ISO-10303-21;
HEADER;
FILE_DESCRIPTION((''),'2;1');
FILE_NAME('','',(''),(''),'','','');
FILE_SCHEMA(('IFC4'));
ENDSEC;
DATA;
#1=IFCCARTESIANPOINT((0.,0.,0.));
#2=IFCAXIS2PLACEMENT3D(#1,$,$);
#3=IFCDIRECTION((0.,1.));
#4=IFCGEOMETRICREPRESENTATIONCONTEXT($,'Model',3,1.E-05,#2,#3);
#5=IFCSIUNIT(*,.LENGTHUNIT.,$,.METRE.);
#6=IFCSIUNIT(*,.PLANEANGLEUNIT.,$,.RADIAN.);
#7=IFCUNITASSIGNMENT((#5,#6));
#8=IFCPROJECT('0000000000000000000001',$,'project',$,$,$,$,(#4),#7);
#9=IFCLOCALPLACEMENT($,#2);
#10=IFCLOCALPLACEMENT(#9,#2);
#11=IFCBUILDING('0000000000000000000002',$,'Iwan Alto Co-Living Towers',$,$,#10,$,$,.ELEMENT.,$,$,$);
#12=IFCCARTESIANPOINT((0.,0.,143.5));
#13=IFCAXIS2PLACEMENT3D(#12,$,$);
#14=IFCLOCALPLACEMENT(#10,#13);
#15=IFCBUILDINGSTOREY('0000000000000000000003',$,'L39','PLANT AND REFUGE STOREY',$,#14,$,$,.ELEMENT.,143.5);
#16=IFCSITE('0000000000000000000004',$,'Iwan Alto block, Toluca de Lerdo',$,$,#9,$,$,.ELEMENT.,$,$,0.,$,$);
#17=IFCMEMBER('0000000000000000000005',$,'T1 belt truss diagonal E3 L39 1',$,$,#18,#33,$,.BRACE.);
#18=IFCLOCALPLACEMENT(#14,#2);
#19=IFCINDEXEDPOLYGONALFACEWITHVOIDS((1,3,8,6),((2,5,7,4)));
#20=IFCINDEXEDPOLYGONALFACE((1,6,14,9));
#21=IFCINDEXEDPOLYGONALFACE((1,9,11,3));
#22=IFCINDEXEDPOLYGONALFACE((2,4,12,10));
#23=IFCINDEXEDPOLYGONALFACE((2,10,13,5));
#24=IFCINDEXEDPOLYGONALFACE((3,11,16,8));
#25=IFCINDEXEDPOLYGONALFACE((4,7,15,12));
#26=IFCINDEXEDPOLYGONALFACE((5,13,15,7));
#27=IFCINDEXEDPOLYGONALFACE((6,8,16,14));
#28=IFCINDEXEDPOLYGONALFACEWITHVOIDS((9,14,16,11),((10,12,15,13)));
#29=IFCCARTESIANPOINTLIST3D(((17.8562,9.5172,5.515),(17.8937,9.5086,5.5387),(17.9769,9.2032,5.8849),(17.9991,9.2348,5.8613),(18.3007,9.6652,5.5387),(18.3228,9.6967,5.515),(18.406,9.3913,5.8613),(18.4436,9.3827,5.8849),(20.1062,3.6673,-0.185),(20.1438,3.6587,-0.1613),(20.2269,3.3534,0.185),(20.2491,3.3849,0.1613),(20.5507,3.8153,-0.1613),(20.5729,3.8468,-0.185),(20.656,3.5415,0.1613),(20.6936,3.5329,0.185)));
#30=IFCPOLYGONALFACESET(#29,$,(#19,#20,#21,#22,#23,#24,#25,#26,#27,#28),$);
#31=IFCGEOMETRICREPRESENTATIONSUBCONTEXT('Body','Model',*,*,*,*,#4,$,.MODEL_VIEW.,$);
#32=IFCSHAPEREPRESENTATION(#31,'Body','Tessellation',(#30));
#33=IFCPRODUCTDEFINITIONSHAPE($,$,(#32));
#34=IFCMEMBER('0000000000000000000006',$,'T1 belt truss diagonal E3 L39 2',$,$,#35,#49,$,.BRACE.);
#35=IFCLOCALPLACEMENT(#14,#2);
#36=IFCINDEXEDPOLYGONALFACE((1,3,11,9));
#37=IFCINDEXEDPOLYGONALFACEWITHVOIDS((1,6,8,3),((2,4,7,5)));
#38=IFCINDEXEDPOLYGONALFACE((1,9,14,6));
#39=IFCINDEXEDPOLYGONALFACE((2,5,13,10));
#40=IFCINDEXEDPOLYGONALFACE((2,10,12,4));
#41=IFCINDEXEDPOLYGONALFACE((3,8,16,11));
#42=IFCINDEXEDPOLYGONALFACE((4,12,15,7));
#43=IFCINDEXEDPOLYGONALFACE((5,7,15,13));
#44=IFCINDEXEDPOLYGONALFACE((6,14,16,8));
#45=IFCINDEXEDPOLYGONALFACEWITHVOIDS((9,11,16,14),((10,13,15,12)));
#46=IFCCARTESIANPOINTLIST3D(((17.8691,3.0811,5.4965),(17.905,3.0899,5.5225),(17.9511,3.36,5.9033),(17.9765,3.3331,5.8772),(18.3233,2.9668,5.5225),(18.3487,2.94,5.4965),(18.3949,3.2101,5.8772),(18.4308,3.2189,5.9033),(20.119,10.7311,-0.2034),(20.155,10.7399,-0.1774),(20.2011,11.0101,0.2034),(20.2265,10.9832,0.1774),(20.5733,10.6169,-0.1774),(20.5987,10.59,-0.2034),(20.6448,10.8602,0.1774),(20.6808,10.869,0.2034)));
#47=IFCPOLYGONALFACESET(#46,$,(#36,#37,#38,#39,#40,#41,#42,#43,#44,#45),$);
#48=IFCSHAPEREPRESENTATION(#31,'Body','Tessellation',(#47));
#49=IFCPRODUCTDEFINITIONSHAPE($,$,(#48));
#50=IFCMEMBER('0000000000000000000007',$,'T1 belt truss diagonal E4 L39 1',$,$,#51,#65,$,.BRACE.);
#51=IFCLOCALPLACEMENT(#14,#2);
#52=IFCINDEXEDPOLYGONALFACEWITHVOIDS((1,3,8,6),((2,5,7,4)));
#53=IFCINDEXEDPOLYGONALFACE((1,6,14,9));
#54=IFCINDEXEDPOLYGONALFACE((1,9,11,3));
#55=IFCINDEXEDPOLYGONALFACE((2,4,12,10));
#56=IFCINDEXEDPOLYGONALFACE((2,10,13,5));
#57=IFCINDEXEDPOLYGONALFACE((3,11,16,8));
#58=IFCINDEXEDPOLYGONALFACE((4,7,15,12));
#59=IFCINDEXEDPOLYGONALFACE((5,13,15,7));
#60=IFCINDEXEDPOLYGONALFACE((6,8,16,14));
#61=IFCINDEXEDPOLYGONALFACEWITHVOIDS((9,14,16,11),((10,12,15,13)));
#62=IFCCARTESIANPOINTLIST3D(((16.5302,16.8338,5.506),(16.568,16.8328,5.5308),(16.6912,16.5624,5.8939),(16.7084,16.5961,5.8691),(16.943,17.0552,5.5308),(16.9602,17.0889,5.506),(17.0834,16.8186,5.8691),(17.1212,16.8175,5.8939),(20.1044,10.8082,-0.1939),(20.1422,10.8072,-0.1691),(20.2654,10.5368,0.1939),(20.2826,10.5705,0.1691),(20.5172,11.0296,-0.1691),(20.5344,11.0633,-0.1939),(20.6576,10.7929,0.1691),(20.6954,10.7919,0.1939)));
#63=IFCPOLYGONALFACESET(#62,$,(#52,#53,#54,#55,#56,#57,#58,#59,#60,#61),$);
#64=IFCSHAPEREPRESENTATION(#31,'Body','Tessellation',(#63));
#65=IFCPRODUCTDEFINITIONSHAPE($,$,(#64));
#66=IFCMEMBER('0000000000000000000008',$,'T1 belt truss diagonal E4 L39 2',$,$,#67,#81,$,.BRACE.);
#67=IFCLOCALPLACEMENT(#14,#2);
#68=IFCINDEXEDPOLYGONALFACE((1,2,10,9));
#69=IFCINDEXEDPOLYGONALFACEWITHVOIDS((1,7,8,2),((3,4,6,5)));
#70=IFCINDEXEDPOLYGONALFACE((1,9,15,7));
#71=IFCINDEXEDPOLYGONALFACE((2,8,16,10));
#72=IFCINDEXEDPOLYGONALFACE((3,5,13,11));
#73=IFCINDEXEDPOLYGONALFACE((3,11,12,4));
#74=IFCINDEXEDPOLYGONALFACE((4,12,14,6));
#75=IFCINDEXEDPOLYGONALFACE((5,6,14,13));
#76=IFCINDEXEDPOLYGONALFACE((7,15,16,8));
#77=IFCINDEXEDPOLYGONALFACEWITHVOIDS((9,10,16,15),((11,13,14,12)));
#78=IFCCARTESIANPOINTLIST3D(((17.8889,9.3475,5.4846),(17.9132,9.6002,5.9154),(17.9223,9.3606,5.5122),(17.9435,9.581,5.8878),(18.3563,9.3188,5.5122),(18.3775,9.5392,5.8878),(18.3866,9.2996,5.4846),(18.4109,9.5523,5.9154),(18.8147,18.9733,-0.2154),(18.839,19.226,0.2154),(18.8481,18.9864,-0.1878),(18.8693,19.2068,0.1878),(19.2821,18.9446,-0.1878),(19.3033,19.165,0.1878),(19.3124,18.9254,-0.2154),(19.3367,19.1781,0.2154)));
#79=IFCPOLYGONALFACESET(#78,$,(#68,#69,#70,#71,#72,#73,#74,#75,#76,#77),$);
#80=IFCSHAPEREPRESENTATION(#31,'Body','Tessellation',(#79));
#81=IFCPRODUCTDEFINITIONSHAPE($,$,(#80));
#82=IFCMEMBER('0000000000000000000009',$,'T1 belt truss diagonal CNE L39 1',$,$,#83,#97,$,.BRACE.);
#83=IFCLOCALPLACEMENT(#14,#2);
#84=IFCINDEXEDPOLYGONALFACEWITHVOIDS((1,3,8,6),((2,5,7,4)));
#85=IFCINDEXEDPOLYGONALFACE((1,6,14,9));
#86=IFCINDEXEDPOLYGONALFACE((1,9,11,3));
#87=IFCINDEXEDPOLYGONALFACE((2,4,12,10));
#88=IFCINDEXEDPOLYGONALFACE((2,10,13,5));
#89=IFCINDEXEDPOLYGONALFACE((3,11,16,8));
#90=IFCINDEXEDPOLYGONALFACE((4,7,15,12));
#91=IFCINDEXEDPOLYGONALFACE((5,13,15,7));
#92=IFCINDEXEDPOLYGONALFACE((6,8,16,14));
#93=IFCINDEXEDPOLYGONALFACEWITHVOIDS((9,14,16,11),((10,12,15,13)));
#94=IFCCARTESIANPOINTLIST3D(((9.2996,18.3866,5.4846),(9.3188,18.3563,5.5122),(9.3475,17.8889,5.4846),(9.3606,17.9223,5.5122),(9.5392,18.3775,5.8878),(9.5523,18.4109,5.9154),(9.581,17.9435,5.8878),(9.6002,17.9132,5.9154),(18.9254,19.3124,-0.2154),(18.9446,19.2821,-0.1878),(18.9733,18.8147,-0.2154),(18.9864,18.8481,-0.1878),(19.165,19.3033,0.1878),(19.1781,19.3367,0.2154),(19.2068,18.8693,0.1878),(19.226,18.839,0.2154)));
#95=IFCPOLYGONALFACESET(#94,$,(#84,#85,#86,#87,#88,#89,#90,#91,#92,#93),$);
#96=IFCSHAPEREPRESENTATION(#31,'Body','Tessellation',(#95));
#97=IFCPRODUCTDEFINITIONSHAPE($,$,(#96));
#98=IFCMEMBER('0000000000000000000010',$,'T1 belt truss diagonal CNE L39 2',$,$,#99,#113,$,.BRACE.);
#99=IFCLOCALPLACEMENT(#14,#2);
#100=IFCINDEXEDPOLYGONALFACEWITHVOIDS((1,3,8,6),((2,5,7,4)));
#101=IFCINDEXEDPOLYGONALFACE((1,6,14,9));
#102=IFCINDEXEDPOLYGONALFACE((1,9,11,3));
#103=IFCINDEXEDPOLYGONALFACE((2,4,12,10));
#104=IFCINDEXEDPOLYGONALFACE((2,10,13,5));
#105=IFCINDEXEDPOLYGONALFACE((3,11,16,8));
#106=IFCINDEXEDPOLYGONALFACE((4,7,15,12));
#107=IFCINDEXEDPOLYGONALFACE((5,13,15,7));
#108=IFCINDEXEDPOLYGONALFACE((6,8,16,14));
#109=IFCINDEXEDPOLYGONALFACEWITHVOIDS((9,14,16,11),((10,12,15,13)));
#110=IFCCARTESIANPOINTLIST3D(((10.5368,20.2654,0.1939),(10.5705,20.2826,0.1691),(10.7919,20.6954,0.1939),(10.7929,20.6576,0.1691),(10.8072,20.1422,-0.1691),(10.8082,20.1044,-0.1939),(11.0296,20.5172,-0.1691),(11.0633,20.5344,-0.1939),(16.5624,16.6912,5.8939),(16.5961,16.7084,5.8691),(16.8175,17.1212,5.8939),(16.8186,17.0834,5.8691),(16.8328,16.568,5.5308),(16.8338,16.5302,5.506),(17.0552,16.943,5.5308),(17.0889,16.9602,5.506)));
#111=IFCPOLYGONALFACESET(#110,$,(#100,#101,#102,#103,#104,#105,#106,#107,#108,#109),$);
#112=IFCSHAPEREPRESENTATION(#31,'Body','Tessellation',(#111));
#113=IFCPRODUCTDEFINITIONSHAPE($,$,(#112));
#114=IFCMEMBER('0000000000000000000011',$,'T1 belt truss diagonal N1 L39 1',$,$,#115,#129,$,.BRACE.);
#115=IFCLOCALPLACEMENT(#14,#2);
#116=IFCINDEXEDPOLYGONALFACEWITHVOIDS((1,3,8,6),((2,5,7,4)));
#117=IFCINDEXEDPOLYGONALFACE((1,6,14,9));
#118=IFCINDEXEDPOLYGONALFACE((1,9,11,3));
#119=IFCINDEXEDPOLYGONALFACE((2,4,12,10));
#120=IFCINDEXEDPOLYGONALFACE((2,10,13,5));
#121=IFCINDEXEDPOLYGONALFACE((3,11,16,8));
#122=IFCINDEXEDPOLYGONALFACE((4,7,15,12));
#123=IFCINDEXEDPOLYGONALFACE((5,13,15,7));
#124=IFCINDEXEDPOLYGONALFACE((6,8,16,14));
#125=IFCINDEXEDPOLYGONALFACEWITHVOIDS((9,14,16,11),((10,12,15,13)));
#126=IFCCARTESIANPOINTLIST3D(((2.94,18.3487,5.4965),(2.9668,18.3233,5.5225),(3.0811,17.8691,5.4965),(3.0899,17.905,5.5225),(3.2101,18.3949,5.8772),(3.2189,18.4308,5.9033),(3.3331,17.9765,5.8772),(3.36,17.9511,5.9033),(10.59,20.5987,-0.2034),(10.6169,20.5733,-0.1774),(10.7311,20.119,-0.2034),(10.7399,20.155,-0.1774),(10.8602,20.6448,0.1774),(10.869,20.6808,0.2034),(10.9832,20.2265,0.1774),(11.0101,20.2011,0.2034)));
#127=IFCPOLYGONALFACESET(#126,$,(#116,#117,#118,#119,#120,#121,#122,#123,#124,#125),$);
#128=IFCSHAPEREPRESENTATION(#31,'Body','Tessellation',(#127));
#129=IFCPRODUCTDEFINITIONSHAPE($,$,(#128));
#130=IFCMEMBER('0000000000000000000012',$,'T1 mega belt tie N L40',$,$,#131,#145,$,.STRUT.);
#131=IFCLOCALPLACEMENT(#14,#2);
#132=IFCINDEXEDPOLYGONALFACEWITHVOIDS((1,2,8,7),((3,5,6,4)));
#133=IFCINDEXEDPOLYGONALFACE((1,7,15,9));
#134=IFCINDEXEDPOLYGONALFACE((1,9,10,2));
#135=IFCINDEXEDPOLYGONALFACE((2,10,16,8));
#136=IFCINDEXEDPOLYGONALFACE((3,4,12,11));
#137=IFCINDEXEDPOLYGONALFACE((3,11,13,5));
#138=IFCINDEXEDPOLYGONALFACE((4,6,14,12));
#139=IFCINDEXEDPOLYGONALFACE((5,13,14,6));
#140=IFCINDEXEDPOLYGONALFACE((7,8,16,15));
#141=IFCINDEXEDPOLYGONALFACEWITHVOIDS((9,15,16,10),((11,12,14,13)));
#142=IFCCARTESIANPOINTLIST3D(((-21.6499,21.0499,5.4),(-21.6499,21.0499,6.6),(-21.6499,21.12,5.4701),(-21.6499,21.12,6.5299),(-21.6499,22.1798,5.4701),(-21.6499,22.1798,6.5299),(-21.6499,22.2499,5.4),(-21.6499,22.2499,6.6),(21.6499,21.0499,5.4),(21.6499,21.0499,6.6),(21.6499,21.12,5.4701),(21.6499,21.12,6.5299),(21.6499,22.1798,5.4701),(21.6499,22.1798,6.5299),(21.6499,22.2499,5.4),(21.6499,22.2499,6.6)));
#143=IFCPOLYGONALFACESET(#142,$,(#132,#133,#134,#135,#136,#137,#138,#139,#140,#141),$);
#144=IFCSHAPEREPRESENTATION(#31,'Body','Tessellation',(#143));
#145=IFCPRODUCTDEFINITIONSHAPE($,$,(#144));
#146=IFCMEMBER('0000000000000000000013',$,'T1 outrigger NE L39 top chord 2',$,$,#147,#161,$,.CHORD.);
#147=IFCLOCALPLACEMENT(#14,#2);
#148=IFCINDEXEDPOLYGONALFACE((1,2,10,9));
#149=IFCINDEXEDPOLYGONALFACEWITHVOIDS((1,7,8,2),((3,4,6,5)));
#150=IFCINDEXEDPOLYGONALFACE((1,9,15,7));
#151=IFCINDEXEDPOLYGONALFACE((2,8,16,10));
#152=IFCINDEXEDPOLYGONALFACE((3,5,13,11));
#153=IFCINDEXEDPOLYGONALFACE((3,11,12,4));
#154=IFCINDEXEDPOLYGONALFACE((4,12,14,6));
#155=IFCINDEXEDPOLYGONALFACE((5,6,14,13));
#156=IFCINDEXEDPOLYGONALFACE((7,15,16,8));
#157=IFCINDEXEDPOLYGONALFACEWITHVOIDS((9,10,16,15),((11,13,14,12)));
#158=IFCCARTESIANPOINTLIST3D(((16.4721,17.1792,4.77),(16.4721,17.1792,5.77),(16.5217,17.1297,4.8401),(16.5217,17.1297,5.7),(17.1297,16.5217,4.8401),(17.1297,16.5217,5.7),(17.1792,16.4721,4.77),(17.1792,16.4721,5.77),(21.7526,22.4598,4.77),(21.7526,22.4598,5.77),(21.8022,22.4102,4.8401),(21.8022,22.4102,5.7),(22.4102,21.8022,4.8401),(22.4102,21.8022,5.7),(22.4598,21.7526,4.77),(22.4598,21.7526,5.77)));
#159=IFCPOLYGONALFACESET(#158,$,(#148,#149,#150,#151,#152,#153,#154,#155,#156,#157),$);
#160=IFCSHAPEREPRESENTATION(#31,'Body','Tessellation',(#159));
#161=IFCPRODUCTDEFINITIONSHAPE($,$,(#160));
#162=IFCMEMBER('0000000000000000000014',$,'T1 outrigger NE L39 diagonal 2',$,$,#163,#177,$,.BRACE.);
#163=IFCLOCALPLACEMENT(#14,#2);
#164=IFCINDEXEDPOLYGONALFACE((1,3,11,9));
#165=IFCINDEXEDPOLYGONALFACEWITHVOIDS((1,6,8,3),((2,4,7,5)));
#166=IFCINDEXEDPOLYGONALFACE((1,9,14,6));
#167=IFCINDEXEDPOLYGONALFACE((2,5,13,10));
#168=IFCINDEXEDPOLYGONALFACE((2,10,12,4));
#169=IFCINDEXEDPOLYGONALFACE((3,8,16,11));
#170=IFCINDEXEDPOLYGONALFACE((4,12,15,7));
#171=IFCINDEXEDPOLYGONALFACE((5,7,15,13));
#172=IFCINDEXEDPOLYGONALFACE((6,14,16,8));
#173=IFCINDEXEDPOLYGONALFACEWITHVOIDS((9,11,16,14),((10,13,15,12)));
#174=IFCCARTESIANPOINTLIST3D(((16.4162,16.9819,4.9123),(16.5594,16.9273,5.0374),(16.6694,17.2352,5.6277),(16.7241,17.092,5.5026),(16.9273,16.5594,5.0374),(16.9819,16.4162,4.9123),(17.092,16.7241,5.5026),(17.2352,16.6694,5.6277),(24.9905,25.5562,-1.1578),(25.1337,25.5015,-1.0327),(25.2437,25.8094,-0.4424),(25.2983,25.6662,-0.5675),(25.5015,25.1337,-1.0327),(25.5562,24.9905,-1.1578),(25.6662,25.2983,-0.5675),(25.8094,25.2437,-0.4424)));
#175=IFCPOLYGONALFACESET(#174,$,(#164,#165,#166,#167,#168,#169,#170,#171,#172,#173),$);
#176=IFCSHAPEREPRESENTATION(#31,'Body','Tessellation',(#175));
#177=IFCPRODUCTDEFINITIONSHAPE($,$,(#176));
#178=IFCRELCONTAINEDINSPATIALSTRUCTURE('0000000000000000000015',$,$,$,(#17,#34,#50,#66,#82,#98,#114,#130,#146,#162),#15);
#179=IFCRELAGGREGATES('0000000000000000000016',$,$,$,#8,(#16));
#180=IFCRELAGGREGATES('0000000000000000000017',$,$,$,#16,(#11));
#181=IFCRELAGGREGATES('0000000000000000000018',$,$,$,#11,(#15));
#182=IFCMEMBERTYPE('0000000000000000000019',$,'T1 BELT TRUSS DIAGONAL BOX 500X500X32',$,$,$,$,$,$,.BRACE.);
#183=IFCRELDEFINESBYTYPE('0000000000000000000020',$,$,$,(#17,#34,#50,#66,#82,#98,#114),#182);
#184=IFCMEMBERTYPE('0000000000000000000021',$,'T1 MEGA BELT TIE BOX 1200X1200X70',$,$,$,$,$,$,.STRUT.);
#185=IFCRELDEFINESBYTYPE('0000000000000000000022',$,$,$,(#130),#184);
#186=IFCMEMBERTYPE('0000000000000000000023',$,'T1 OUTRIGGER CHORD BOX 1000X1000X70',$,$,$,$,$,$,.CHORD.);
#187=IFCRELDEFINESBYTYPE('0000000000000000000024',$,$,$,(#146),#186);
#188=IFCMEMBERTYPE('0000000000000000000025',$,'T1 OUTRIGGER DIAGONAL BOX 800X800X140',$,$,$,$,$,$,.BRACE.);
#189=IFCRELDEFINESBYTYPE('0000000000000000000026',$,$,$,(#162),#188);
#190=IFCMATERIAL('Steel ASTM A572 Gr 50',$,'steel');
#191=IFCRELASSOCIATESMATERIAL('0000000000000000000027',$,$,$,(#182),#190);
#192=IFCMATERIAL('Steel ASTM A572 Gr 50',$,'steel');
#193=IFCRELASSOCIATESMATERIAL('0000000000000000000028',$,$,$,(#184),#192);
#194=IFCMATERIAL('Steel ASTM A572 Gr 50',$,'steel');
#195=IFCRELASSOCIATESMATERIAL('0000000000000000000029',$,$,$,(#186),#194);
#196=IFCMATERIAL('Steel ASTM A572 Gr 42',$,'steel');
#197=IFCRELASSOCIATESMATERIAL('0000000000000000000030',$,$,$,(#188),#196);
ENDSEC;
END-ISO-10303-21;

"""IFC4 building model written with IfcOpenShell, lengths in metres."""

from ifc_helpers import new_model, si_unit, direction, frame, origin, origin_2d, place, context, subcontext, project, spatial, hollow_rectangle, extrude, material, material_profile, profile_set, type_object, element, save


model = new_model("IFC4")

# Units and contexts
model_context = context("Model", 3, precision=1e-05, world=origin(), true_north=direction((0.0, 1.0)))
body_context = subcontext(model_context, "Body", "Model", "MODEL_VIEW")
ifc_project = project(units=[si_unit("LENGTHUNIT", "METRE"), si_unit("PLANEANGLEUNIT", "RADIAN")], contexts=[model_context])

# Site, building, storey
site_placement = place(None, origin())
site = spatial("IfcSite", under=ifc_project, at=site_placement, Name="Iwan Alto block, Toluca de Lerdo", CompositionType="ELEMENT", RefElevation=0.0)
building_placement = place(site_placement, origin())
building = spatial("IfcBuilding", under=site, at=building_placement, Name="Iwan Alto Co-Living Towers", CompositionType="ELEMENT")
storey_placement = place(building_placement, frame((0.0, 0.0, 143.5)))
storey = spatial("IfcBuildingStorey", under=building, at=storey_placement, Name="L39", Description="PLANT AND REFUGE STOREY", CompositionType="ELEMENT", Elevation=143.5)

# Members
ifc_material_1 = material(Name="Steel ASTM A572 Gr 50", Category="steel")
ifc_material_profile_1 = material_profile(ifc_material_1, hollow_rectangle(XDim=0.5, YDim=0.5, WallThickness=0.032, at=origin_2d()), Name="BOX 500X500X32")
ifc_profile_set_1 = profile_set([ifc_material_profile_1], Name="Steel ASTM A572 Gr 50")
member_type_1 = type_object("IfcMemberType", Name="T1 BELT TRUSS DIAGONAL BOX 500X500X32", PredefinedType="BRACE", material=ifc_profile_set_1)
member_1_placement = place(storey_placement, frame((20.3999, 3.6001, 0.0), z_axis=(-0.265585, 0.690503, 0.672808), x_axis=(-0.933343, -0.358987, 0.0)))
element("IfcMember", 1, at=member_1_placement, inside=storey, type_object=member_type_1, Name="T1 belt truss diagonal E3 L39 1", PredefinedType="BRACE", context=body_context, shape_type="SweptSolid", body=[
    extrude(hollow_rectangle(XDim=0.5, YDim=0.5, WallThickness=0.032, at=origin_2d()), origin(), (0.0, 0.0, 1.0), 8.4719),
])
member_2_placement = place(storey_placement, frame((20.3999, 10.8, 0.0), z_axis=(-0.229548, -0.780478, 0.581517), x_axis=(0.959367, -0.282161, 0.0)))
element("IfcMember", 2, at=member_2_placement, inside=storey, type_object=member_type_1, Name="T1 belt truss diagonal E3 L39 2", PredefinedType="BRACE", context=body_context, shape_type="SweptSolid", body=[
    extrude(hollow_rectangle(XDim=0.5, YDim=0.5, WallThickness=0.032, at=origin_2d()), origin(), (0.0, 0.0, 1.0), 9.8018),
])
member_3_placement = place(storey_placement, frame((20.3999, 10.8, 0.0), z_axis=(-0.395739, 0.66716, 0.631101), x_axis=(-0.860074, -0.510169, 0.0)))
element("IfcMember", 3, at=member_3_placement, inside=storey, type_object=member_type_1, Name="T1 belt truss diagonal E4 L39 1", PredefinedType="BRACE", context=body_context, shape_type="SweptSolid", body=[
    extrude(hollow_rectangle(XDim=0.5, YDim=0.5, WallThickness=0.032, at=origin_2d()), origin(), (0.0, 0.0, 1.0), 9.0317),
])
for number, where, z_axis, x_axis, name in (
    (4, (19.0757, 19.0757, 0.0), (-0.082475, -0.857524, 0.50779), (0.995407, -0.095736, 0.0), "T1 belt truss diagonal E4 L39 2"),
    (5, (19.0757, 19.0757, 0.0), (-0.857524, -0.082475, 0.50779), (0.095736, -0.995407, 0.0), "T1 belt truss diagonal CNE L39 1"),
):
    element("IfcMember", number, at=place(storey_placement, frame(where, z_axis=z_axis, x_axis=x_axis)), inside=storey, type_object=member_type_1, Name=name, PredefinedType="BRACE", context=body_context, shape_type="SweptSolid", body=[
        extrude(hollow_rectangle(XDim=0.5, YDim=0.5, WallThickness=0.032, at=origin_2d()), origin(), (0.0, 0.0, 1.0), 11.2251),
    ])
member_4_placement = place(storey_placement, frame((10.8, 20.3999, 0.0), z_axis=(0.66716, -0.395739, 0.631101), x_axis=(0.510169, 0.860074, 0.0)))
element("IfcMember", 6, at=member_4_placement, inside=storey, type_object=member_type_1, Name="T1 belt truss diagonal CNE L39 2", PredefinedType="BRACE", context=body_context, shape_type="SweptSolid", body=[
    extrude(hollow_rectangle(XDim=0.5, YDim=0.5, WallThickness=0.032, at=origin_2d()), origin(), (0.0, 0.0, 1.0), 9.0317),
])
member_5_placement = place(storey_placement, frame((10.8, 20.3999, 0.0), z_axis=(-0.780478, -0.229548, 0.581517), x_axis=(0.282161, -0.959367, 0.0)))
element("IfcMember", 7, at=member_5_placement, inside=storey, type_object=member_type_1, Name="T1 belt truss diagonal N1 L39 1", PredefinedType="BRACE", context=body_context, shape_type="SweptSolid", body=[
    extrude(hollow_rectangle(XDim=0.5, YDim=0.5, WallThickness=0.032, at=origin_2d()), origin(), (0.0, 0.0, 1.0), 9.8018),
])
ifc_material_2 = material(Name="Steel ASTM A572 Gr 50", Category="steel")
ifc_material_profile_2 = material_profile(ifc_material_2, hollow_rectangle(XDim=1.2, YDim=1.2, WallThickness=0.0701, at=origin_2d()), Name="BOX 1200X1200X70")
ifc_profile_set_2 = profile_set([ifc_material_profile_2], Name="Steel ASTM A572 Gr 50")
member_type_2 = type_object("IfcMemberType", Name="T1 MEGA BELT TIE BOX 1200X1200X70", PredefinedType="STRUT", material=ifc_profile_set_2)
member_6_placement = place(storey_placement, frame((21.6499, 21.6499, 6.0), z_axis=(-1.0, 0.0, 0.0), x_axis=(0.0, -1.0, 0.0)))
element("IfcMember", 8, at=member_6_placement, inside=storey, type_object=member_type_2, Name="T1 mega belt tie N L40", PredefinedType="STRUT", context=body_context, shape_type="SweptSolid", body=[
    extrude(hollow_rectangle(XDim=1.2, YDim=1.2, WallThickness=0.0701, at=origin_2d()), origin(), (0.0, 0.0, 1.0), 43.2998),
])
ifc_material_3 = material(Name="Steel ASTM A572 Gr 50", Category="steel")
ifc_material_profile_3 = material_profile(ifc_material_3, hollow_rectangle(XDim=1.0, YDim=1.0, WallThickness=0.0701, at=origin_2d()), Name="BOX 1000X1000X70")
ifc_profile_set_3 = profile_set([ifc_material_profile_3], Name="Steel ASTM A572 Gr 50")
member_type_3 = type_object("IfcMemberType", Name="T1 OUTRIGGER CHORD BOX 1000X1000X70", PredefinedType="CHORD", material=ifc_profile_set_3)
member_7_placement = place(storey_placement, frame((16.8257, 16.8257, 5.27), z_axis=(0.707107, 0.707107, 0.0), x_axis=(-0.707107, 0.707107, 0.0)))
element("IfcMember", 9, at=member_7_placement, inside=storey, type_object=member_type_3, Name="T1 outrigger NE L39 top chord 2", PredefinedType="CHORD", context=body_context, shape_type="SweptSolid", body=[
    extrude(hollow_rectangle(XDim=1.0, YDim=1.0, WallThickness=0.0701, at=origin_2d()), origin(), (0.0, 0.0, 1.0), 7.4678),
])
ifc_material_4 = material(Name="Steel ASTM A572 Gr 42", Category="steel")
ifc_material_profile_4 = material_profile(ifc_material_4, hollow_rectangle(XDim=0.8, YDim=0.8, WallThickness=0.1399, at=origin_2d()), Name="BOX 800X800X140")
ifc_profile_set_4 = profile_set([ifc_material_profile_4], Name="Steel ASTM A572 Gr 42")
member_type_4 = type_object("IfcMemberType", Name="T1 OUTRIGGER DIAGONAL BOX 800X800X140", PredefinedType="BRACE", material=ifc_profile_set_4)
member_8_placement = place(storey_placement, frame((16.8257, 16.8257, 5.27), z_axis=(0.632306, 0.632306, -0.447637), x_axis=(-0.707107, 0.707107, 0.0)))
element("IfcMember", 10, at=member_8_placement, inside=storey, type_object=member_type_4, Name="T1 outrigger NE L39 diagonal 2", PredefinedType="BRACE", context=body_context, shape_type="SweptSolid", body=[
    extrude(hollow_rectangle(XDim=0.8, YDim=0.8, WallThickness=0.1399, at=origin_2d()), origin(), (0.0, 0.0, 1.0), 13.5603),
])

save(model, "model.ifc")
